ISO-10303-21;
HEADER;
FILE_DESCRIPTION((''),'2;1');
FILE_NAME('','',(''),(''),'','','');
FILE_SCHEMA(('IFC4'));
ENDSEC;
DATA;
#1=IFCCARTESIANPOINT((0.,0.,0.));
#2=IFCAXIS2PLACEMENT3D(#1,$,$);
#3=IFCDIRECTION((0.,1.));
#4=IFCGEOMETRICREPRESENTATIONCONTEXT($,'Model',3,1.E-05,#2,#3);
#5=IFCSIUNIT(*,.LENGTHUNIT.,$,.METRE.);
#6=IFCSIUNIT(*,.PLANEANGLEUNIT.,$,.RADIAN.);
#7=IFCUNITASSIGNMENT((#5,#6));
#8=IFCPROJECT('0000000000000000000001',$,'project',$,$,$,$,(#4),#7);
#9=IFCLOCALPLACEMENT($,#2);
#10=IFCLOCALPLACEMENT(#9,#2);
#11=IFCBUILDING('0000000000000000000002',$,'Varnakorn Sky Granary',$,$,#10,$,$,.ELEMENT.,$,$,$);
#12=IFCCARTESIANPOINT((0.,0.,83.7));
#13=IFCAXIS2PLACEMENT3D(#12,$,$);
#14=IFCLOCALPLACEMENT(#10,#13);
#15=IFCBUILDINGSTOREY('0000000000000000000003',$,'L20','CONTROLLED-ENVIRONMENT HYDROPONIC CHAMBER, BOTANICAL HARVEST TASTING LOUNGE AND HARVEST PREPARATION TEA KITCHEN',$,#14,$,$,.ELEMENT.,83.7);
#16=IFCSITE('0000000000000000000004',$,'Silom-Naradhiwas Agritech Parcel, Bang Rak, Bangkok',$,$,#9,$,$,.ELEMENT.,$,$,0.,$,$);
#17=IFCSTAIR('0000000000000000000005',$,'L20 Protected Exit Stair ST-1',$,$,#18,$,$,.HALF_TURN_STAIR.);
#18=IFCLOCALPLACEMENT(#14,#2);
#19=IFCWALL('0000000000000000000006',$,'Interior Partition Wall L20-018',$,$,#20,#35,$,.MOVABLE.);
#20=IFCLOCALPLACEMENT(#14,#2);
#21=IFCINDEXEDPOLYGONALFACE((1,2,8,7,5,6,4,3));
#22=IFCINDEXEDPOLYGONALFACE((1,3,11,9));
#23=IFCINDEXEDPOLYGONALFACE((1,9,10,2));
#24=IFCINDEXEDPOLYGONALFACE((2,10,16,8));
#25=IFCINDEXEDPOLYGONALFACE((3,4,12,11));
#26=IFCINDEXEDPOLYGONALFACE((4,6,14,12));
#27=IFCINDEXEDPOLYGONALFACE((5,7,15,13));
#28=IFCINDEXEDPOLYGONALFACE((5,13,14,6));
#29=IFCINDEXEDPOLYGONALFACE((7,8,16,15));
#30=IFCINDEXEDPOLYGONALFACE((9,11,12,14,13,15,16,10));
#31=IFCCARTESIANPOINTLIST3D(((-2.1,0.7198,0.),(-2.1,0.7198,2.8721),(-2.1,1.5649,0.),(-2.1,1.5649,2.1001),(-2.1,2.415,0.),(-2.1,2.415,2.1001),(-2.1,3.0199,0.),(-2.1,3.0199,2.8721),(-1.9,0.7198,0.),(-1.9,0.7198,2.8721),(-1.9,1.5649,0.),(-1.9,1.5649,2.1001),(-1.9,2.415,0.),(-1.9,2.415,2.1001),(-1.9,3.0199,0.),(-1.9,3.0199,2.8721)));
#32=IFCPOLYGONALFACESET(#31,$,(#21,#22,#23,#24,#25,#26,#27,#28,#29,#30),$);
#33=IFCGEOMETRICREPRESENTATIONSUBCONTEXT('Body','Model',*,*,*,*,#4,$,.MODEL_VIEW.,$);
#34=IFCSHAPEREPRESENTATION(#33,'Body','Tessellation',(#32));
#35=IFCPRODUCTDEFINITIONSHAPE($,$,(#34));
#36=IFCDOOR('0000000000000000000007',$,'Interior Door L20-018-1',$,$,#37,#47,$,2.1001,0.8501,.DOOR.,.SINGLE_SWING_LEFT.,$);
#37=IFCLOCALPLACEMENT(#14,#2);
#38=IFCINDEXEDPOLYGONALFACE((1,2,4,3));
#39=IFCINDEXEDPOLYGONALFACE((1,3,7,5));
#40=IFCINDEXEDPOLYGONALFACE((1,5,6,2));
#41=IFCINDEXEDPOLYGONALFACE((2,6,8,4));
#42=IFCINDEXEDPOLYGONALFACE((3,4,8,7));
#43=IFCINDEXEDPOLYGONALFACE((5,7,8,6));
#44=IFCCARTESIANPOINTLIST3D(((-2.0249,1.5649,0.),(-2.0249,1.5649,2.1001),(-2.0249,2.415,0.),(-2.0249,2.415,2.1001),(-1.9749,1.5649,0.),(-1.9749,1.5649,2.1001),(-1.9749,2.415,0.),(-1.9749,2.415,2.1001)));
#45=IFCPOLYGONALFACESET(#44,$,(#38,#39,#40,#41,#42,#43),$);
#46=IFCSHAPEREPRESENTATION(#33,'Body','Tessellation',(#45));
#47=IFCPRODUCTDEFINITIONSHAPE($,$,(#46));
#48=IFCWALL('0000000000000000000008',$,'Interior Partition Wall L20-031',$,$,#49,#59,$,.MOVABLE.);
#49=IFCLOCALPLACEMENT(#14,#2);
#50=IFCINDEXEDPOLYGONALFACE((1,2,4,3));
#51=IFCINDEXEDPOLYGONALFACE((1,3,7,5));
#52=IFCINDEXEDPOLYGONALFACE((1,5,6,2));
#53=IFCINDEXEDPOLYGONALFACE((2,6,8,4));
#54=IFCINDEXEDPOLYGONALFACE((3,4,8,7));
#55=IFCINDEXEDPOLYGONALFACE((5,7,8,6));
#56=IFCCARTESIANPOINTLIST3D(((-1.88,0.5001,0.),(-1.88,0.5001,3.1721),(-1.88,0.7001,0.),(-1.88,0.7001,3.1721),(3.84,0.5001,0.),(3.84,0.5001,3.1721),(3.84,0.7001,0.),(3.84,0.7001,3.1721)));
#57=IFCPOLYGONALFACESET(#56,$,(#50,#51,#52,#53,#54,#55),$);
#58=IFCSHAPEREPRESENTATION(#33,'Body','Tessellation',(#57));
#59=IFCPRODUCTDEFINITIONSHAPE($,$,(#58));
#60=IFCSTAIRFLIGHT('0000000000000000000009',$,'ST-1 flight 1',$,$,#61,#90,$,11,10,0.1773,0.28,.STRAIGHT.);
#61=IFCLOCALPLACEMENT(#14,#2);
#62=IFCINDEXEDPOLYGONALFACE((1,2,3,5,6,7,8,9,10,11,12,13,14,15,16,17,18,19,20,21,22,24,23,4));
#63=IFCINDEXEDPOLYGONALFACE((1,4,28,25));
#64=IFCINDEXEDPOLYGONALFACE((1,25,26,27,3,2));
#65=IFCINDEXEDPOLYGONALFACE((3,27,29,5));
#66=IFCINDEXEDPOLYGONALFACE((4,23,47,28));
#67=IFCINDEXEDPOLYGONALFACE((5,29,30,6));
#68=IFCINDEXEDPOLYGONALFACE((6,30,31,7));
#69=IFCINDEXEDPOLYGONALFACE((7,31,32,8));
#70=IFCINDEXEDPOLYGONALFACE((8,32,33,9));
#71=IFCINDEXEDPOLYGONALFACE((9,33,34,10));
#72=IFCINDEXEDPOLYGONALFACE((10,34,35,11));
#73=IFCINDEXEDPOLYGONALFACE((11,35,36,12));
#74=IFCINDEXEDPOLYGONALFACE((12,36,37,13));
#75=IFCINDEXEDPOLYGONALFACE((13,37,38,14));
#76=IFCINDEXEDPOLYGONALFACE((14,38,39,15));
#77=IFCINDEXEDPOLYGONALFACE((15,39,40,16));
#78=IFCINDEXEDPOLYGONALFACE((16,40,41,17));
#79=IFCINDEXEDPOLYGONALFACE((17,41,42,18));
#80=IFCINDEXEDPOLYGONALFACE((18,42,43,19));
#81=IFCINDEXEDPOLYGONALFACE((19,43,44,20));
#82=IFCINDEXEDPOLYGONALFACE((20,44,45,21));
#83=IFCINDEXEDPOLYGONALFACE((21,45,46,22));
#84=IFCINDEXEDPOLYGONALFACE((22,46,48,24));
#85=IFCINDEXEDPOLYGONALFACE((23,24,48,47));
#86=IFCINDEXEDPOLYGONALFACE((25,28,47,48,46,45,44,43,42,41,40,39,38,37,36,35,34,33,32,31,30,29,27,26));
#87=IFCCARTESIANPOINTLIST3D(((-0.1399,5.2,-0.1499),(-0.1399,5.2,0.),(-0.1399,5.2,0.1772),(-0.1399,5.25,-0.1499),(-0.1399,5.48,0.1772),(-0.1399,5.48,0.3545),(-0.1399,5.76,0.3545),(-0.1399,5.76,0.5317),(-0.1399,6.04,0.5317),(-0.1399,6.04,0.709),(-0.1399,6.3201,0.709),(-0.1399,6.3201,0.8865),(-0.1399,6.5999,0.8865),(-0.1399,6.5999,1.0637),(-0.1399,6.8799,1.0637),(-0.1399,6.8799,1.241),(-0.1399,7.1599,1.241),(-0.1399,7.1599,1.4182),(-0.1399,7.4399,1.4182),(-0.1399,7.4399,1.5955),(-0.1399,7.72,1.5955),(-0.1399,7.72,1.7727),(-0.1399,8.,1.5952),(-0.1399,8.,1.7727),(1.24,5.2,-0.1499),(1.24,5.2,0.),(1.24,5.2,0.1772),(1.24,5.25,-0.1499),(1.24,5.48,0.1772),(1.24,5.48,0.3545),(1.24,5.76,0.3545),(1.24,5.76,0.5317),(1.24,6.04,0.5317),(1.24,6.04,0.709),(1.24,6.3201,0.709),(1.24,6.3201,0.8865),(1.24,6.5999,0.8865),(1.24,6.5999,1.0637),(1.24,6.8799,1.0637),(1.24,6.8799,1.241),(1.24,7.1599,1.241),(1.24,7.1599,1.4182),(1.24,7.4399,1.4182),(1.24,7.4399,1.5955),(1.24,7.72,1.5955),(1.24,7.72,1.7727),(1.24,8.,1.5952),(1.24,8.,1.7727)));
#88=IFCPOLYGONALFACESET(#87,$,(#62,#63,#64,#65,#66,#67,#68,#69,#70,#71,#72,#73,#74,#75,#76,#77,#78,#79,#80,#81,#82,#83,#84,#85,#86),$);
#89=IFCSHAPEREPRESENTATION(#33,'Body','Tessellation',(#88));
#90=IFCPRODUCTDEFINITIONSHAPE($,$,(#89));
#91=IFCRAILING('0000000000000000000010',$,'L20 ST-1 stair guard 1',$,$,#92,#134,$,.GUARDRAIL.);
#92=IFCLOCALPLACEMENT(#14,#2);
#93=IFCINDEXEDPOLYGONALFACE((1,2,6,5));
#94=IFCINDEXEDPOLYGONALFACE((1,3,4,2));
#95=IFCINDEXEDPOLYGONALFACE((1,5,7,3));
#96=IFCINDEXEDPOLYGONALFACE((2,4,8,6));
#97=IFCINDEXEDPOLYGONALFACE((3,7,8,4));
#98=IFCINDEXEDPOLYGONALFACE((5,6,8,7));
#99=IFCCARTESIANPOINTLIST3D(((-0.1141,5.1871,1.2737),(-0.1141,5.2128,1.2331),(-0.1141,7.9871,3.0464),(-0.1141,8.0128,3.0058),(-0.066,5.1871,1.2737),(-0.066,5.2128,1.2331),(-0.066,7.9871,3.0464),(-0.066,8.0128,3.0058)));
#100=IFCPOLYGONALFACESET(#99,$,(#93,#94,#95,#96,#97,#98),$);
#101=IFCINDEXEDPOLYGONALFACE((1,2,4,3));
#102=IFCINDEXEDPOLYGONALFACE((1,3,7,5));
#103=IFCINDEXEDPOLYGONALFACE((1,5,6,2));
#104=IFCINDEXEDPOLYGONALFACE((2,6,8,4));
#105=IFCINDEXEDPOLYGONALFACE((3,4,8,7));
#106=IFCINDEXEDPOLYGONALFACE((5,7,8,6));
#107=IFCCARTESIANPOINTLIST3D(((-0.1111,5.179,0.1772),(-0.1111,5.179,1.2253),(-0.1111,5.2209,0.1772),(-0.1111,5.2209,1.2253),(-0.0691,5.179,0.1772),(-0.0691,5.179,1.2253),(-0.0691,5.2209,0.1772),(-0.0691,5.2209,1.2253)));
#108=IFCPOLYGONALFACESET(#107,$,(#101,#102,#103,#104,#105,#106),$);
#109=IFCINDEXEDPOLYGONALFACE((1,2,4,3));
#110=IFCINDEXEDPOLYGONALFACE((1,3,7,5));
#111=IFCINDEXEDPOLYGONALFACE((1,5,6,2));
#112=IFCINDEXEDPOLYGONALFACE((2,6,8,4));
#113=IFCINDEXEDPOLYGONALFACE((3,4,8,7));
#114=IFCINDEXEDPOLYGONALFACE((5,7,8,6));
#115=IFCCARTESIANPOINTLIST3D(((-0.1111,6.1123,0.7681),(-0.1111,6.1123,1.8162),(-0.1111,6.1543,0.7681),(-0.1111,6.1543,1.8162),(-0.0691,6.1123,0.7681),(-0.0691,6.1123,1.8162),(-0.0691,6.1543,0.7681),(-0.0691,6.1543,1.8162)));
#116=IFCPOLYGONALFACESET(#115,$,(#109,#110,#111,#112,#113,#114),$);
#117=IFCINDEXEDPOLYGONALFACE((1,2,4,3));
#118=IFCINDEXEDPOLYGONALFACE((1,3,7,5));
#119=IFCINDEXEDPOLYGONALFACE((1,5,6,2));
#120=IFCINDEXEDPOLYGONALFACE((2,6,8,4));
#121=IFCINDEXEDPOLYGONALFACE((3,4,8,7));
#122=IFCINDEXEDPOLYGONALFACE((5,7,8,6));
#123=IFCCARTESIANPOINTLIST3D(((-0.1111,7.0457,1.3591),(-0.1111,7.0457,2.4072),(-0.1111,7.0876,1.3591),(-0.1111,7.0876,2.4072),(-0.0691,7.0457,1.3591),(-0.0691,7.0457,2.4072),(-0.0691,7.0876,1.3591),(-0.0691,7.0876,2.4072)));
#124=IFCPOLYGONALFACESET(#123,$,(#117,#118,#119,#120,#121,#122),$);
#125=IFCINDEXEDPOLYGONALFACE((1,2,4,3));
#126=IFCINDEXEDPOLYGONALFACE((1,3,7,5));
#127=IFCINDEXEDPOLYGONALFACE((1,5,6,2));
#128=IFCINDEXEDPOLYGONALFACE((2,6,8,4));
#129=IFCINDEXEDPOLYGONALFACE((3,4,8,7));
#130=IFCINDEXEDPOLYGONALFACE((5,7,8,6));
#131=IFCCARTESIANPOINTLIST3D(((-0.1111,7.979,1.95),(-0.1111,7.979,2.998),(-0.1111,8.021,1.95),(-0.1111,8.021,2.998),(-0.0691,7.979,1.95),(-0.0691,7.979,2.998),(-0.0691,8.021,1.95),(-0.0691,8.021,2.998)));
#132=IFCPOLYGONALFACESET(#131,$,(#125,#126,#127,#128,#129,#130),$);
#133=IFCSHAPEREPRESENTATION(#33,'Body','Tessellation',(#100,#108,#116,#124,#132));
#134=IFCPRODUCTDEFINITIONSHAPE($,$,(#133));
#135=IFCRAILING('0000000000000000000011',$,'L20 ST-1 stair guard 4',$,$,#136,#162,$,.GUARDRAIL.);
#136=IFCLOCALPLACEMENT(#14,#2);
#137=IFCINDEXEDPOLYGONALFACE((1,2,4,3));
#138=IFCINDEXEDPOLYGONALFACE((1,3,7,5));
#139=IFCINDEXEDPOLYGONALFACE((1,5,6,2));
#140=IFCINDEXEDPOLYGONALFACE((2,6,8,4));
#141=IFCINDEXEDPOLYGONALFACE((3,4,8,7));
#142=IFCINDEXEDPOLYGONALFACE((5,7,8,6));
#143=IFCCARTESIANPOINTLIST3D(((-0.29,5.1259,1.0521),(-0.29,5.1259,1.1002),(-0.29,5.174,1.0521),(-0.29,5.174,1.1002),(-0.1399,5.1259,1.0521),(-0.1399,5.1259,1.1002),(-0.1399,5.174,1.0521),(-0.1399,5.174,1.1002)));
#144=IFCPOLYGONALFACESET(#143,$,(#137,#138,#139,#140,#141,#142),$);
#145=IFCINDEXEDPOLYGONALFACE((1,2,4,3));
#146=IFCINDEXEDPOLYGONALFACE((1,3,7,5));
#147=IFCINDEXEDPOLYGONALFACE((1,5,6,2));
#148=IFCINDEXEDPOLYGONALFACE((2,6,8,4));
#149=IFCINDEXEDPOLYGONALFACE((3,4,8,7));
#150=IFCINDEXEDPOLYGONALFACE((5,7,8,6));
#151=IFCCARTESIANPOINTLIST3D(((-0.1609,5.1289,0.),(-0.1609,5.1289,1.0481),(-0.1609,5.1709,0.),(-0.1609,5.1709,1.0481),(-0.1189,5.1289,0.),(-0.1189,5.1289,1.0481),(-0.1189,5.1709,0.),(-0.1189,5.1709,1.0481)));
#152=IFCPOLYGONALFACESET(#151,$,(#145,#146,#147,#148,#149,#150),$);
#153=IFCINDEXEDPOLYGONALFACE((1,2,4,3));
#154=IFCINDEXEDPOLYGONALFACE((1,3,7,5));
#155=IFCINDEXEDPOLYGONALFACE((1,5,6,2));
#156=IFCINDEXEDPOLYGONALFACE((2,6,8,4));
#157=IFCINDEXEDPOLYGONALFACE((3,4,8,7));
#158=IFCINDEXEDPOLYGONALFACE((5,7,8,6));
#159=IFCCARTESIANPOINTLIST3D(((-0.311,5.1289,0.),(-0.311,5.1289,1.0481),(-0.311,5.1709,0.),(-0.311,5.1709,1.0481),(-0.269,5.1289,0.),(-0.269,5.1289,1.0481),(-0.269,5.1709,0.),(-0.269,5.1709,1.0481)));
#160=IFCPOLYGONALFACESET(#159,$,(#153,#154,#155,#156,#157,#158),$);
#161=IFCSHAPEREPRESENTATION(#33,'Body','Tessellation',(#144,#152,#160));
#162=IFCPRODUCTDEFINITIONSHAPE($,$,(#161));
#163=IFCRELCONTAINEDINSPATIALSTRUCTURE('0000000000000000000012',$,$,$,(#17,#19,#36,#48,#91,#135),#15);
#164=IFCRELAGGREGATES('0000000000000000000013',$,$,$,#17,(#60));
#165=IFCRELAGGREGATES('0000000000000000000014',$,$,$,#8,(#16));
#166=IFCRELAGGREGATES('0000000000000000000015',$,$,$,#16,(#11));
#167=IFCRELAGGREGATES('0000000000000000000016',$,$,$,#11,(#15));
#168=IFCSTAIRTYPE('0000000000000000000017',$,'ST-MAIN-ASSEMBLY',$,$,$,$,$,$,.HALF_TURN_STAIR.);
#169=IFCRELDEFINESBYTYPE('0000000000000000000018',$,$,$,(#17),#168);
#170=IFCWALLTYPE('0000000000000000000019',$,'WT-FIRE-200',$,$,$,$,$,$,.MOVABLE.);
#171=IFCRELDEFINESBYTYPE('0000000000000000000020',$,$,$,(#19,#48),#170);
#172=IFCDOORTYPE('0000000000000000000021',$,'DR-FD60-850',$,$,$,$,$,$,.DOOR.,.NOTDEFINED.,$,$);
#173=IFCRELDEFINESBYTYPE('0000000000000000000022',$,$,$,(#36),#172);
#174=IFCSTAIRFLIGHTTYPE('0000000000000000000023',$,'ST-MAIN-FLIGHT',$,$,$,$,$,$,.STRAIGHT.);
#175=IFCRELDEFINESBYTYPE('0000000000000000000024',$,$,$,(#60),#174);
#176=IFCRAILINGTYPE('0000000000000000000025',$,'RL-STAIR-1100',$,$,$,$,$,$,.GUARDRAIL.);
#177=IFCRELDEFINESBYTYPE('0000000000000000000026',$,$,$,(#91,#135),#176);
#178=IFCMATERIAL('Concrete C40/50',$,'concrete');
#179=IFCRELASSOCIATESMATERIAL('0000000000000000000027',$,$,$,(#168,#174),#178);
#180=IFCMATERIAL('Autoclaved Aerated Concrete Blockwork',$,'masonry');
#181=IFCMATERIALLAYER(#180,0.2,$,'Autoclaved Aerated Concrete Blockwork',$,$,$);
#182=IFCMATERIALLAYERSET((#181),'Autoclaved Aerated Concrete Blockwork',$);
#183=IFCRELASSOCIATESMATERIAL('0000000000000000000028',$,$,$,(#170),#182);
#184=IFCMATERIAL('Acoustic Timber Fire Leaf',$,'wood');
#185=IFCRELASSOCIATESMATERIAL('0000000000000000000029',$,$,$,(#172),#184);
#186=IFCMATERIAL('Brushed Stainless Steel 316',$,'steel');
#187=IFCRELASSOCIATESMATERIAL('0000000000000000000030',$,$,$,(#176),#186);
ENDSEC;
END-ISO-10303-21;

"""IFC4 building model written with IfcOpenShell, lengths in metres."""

from ifc_helpers import new_model, si_unit, direction, frame, frame_2d, origin, origin_2d, place, context, subcontext, project, spatial, polyline, rectangle, outline, extrude, material, layer, layer_set, type_object, element, fill, aggregate, save


model = new_model("IFC4")

# Units and contexts
model_context = context("Model", 3, precision=1e-05, world=origin(), true_north=direction((0.0, 1.0)))
body_context = subcontext(model_context, "Body", "Model", "MODEL_VIEW")
ifc_project = project(units=[si_unit("LENGTHUNIT", "METRE"), si_unit("PLANEANGLEUNIT", "RADIAN")], contexts=[model_context])

# Site, building, storey
site_placement = place(None, origin())
site = spatial("IfcSite", under=ifc_project, at=site_placement, Name="Silom-Naradhiwas Agritech Parcel, Bang Rak, Bangkok", CompositionType="ELEMENT", RefElevation=0.0)
building_placement = place(site_placement, origin())
building = spatial("IfcBuilding", under=site, at=building_placement, Name="Varnakorn Sky Granary", CompositionType="ELEMENT")
storey_placement = place(building_placement, frame((0.0, 0.0, 83.7)))
storey = spatial("IfcBuildingStorey", under=building, at=storey_placement, Name="L20", Description="CONTROLLED-ENVIRONMENT HYDROPONIC CHAMBER, BOTANICAL HARVEST TASTING LOUNGE AND HARVEST PREPARATION TEA KITCHEN", CompositionType="ELEMENT", Elevation=83.7)

# Stair
ifc_material_1 = material(Name="Concrete C40/50", Category="concrete")
stair_type = type_object("IfcStairType", Name="ST-MAIN-ASSEMBLY", PredefinedType="HALF_TURN_STAIR", material=ifc_material_1)
stair_1_placement = place(storey_placement, origin())
stair_1 = element("IfcStair", 1, at=stair_1_placement, inside=storey, type_object=stair_type, Name="L20 Protected Exit Stair ST-1", PredefinedType="HALF_TURN_STAIR")

# Wall, opening, door
ifc_material_2 = material(Name="Autoclaved Aerated Concrete Blockwork", Category="masonry")
ifc_layer_1 = layer(ifc_material_2, 0.2, Name="Autoclaved Aerated Concrete Blockwork")
ifc_layer_set_1 = layer_set([ifc_layer_1], Name="Autoclaved Aerated Concrete Blockwork")
wall_type_1 = type_object("IfcWallType", Name="WT-FIRE-200", PredefinedType="MOVABLE", material=ifc_layer_set_1)
wall_1_placement = place(storey_placement, frame((-2.0, 0.72, 0.0), z_axis=(0.0, 0.0, 1.0), x_axis=(0.0, 1.0, 0.0)))
wall_1 = element("IfcWall", 2, at=wall_1_placement, inside=storey, type_object=wall_type_1, Name="Interior Partition Wall L20-018", PredefinedType="MOVABLE", context=body_context, shape_type="SweptSolid", body=[
    extrude(rectangle(XDim=2.3, YDim=0.2, at=frame_2d((1.1499, 0.0))), origin(), (0.0, 0.0, 1.0), 2.8721),
])
opening_1_placement = place(wall_1_placement, frame((0.845, 0.0, 0.0)))
opening_1 = element("IfcOpeningElement", 3, at=opening_1_placement, cuts=wall_1, PredefinedType="OPENING", context=body_context, shape_type="SweptSolid", body=[
    extrude(rectangle(XDim=0.8501, YDim=2.1001, at=frame_2d((0.425, 1.05))), frame((0.0, 0.1099, 0.0), z_axis=(0.0, -1.0, 0.0), x_axis=(1.0, 0.0, 0.0)), (0.0, 0.0, 1.0), 0.22),
])
ifc_material_3 = material(Name="Acoustic Timber Fire Leaf", Category="wood")
door_type_1 = type_object("IfcDoorType", Name="DR-FD60-850", OperationType="NOTDEFINED", PredefinedType="DOOR", material=ifc_material_3)
door_1_placement = place(opening_1_placement, origin())
door_1 = element("IfcDoor", 4, at=door_1_placement, inside=storey, type_object=door_type_1, Name="Interior Door L20-018-1", OperationType="SINGLE_SWING_LEFT", OverallHeight=2.1001, OverallWidth=0.8501, PredefinedType="DOOR", context=body_context, shape_type="SweptSolid", body=[
    extrude(rectangle(XDim=0.8501, YDim=2.1001, at=frame_2d((0.425, 1.05))), frame((0.0, 0.0249, 0.0), z_axis=(0.0, -1.0, 0.0), x_axis=(1.0, 0.0, 0.0)), (0.0, 0.0, 1.0), 0.05),
])
fill(opening_1, door_1)

# Wall
wall_2_placement = place(storey_placement, frame((-1.8799, 0.6001, 0.0), z_axis=(0.0, 0.0, 1.0), x_axis=(1.0, 0.0, 0.0)))
element("IfcWall", 5, at=wall_2_placement, inside=storey, type_object=wall_type_1, Name="Interior Partition Wall L20-031", PredefinedType="MOVABLE", context=body_context, shape_type="SweptSolid", body=[
    extrude(rectangle(XDim=5.72, YDim=0.2, at=frame_2d((2.8599, 0.0))), origin(), (0.0, 0.0, 1.0), 3.1721),
])

# Stair flight
stair_flight_type = type_object("IfcStairFlightType", Name="ST-MAIN-FLIGHT", PredefinedType="STRAIGHT", material=ifc_material_1)
stair_flight_placement = place(storey_placement, frame((0.55, 5.2, 0.0), z_axis=(0.0, 0.0, 1.0), x_axis=(0.0, 1.0, 0.0)))
stair_flight = element("IfcStairFlight", 6, at=stair_flight_placement, type_object=stair_flight_type, Name="ST-1 flight 1", NumberOfRisers=11, NumberOfTreads=10, PredefinedType="STRAIGHT", RiserHeight=0.1773, TreadLength=0.28, context=body_context, shape_type="SweptSolid", body=[
    extrude(outline(polyline([(0.0, -0.1499), (0.0, 0.0), (0.0, 0.1772), (0.28, 0.1772), (0.28, 0.3545), (0.5601, 0.3545), (0.5601, 0.5317), (0.8401, 0.5317), (0.8401, 0.709), (1.1201, 0.709), (1.1201, 0.8865), (1.3999, 0.8865), (1.3999, 1.0637), (1.6799, 1.0637), (1.6799, 1.241), (1.96, 1.241), (1.96, 1.4182), (2.24, 1.4182), (2.24, 1.5955), (2.52, 1.5955), (2.52, 1.7727), (2.8, 1.7727), (2.8, 1.95), (2.8, 1.5952), (0.05, -0.1499), (0.0, -0.1499)])), frame((0.0, 0.6899, 0.0), z_axis=(0.0, -1.0, 0.0), x_axis=(1.0, 0.0, 0.0)), (0.0, 0.0, 1.0), 1.3799),
])
aggregate(stair_1, [stair_flight])

# Railings
ifc_material_4 = material(Name="Brushed Stainless Steel 316", Category="steel")
railing_type_1 = type_object("IfcRailingType", Name="RL-STAIR-1100", PredefinedType="GUARDRAIL", material=ifc_material_4)
railing_1_placement = place(storey_placement, frame((-0.0901, 5.2, 0.1772)))
element("IfcRailing", 7, at=railing_1_placement, inside=storey, type_object=railing_type_1, Name="L20 ST-1 stair guard 1", PredefinedType="GUARDRAIL", context=body_context, shape_type="SweptSolid", body=[
    extrude(rectangle(XDim=0.0481, YDim=0.0481, at=origin_2d()), frame((0.0, 0.0, 1.0762), z_axis=(0.0, 0.844909, 0.53491), x_axis=(-1.0, 0.0, 0.0)), (0.0, 0.0, 1.0), 3.314),
    extrude(rectangle(XDim=0.042, YDim=0.042, at=origin_2d()), origin(), (0.0, 0.0, 1.0), 1.0481),
    extrude(rectangle(XDim=0.042, YDim=0.042, at=origin_2d()), frame((0.0, 0.9333, 0.5908)), (0.0, 0.0, 1.0), 1.0481),
    extrude(rectangle(XDim=0.042, YDim=0.042, at=origin_2d()), frame((0.0, 1.8667, 1.1819)), (0.0, 0.0, 1.0), 1.0481),
    extrude(rectangle(XDim=0.042, YDim=0.042, at=origin_2d()), frame((0.0, 2.8, 1.7727)), (0.0, 0.0, 1.0), 1.0481),
])
railing_2_placement = place(storey_placement, frame((-0.1399, 5.1499, 0.0)))
element("IfcRailing", 8, at=railing_2_placement, inside=storey, type_object=railing_type_1, Name="L20 ST-1 stair guard 4", PredefinedType="GUARDRAIL", context=body_context, shape_type="SweptSolid", body=[
    extrude(rectangle(XDim=0.0481, YDim=0.0481, at=origin_2d()), frame((0.0, 0.0, 1.0762), z_axis=(-1.0, 0.0, 0.0), x_axis=(0.0, -1.0, 0.0)), (0.0, 0.0, 1.0), 0.1501),
    extrude(rectangle(XDim=0.042, YDim=0.042, at=origin_2d()), origin(), (0.0, 0.0, 1.0), 1.0481),
    extrude(rectangle(XDim=0.042, YDim=0.042, at=origin_2d()), frame((-0.1501, 0.0, 0.0)), (0.0, 0.0, 1.0), 1.0481),
])

save(model, "model.ifc")
